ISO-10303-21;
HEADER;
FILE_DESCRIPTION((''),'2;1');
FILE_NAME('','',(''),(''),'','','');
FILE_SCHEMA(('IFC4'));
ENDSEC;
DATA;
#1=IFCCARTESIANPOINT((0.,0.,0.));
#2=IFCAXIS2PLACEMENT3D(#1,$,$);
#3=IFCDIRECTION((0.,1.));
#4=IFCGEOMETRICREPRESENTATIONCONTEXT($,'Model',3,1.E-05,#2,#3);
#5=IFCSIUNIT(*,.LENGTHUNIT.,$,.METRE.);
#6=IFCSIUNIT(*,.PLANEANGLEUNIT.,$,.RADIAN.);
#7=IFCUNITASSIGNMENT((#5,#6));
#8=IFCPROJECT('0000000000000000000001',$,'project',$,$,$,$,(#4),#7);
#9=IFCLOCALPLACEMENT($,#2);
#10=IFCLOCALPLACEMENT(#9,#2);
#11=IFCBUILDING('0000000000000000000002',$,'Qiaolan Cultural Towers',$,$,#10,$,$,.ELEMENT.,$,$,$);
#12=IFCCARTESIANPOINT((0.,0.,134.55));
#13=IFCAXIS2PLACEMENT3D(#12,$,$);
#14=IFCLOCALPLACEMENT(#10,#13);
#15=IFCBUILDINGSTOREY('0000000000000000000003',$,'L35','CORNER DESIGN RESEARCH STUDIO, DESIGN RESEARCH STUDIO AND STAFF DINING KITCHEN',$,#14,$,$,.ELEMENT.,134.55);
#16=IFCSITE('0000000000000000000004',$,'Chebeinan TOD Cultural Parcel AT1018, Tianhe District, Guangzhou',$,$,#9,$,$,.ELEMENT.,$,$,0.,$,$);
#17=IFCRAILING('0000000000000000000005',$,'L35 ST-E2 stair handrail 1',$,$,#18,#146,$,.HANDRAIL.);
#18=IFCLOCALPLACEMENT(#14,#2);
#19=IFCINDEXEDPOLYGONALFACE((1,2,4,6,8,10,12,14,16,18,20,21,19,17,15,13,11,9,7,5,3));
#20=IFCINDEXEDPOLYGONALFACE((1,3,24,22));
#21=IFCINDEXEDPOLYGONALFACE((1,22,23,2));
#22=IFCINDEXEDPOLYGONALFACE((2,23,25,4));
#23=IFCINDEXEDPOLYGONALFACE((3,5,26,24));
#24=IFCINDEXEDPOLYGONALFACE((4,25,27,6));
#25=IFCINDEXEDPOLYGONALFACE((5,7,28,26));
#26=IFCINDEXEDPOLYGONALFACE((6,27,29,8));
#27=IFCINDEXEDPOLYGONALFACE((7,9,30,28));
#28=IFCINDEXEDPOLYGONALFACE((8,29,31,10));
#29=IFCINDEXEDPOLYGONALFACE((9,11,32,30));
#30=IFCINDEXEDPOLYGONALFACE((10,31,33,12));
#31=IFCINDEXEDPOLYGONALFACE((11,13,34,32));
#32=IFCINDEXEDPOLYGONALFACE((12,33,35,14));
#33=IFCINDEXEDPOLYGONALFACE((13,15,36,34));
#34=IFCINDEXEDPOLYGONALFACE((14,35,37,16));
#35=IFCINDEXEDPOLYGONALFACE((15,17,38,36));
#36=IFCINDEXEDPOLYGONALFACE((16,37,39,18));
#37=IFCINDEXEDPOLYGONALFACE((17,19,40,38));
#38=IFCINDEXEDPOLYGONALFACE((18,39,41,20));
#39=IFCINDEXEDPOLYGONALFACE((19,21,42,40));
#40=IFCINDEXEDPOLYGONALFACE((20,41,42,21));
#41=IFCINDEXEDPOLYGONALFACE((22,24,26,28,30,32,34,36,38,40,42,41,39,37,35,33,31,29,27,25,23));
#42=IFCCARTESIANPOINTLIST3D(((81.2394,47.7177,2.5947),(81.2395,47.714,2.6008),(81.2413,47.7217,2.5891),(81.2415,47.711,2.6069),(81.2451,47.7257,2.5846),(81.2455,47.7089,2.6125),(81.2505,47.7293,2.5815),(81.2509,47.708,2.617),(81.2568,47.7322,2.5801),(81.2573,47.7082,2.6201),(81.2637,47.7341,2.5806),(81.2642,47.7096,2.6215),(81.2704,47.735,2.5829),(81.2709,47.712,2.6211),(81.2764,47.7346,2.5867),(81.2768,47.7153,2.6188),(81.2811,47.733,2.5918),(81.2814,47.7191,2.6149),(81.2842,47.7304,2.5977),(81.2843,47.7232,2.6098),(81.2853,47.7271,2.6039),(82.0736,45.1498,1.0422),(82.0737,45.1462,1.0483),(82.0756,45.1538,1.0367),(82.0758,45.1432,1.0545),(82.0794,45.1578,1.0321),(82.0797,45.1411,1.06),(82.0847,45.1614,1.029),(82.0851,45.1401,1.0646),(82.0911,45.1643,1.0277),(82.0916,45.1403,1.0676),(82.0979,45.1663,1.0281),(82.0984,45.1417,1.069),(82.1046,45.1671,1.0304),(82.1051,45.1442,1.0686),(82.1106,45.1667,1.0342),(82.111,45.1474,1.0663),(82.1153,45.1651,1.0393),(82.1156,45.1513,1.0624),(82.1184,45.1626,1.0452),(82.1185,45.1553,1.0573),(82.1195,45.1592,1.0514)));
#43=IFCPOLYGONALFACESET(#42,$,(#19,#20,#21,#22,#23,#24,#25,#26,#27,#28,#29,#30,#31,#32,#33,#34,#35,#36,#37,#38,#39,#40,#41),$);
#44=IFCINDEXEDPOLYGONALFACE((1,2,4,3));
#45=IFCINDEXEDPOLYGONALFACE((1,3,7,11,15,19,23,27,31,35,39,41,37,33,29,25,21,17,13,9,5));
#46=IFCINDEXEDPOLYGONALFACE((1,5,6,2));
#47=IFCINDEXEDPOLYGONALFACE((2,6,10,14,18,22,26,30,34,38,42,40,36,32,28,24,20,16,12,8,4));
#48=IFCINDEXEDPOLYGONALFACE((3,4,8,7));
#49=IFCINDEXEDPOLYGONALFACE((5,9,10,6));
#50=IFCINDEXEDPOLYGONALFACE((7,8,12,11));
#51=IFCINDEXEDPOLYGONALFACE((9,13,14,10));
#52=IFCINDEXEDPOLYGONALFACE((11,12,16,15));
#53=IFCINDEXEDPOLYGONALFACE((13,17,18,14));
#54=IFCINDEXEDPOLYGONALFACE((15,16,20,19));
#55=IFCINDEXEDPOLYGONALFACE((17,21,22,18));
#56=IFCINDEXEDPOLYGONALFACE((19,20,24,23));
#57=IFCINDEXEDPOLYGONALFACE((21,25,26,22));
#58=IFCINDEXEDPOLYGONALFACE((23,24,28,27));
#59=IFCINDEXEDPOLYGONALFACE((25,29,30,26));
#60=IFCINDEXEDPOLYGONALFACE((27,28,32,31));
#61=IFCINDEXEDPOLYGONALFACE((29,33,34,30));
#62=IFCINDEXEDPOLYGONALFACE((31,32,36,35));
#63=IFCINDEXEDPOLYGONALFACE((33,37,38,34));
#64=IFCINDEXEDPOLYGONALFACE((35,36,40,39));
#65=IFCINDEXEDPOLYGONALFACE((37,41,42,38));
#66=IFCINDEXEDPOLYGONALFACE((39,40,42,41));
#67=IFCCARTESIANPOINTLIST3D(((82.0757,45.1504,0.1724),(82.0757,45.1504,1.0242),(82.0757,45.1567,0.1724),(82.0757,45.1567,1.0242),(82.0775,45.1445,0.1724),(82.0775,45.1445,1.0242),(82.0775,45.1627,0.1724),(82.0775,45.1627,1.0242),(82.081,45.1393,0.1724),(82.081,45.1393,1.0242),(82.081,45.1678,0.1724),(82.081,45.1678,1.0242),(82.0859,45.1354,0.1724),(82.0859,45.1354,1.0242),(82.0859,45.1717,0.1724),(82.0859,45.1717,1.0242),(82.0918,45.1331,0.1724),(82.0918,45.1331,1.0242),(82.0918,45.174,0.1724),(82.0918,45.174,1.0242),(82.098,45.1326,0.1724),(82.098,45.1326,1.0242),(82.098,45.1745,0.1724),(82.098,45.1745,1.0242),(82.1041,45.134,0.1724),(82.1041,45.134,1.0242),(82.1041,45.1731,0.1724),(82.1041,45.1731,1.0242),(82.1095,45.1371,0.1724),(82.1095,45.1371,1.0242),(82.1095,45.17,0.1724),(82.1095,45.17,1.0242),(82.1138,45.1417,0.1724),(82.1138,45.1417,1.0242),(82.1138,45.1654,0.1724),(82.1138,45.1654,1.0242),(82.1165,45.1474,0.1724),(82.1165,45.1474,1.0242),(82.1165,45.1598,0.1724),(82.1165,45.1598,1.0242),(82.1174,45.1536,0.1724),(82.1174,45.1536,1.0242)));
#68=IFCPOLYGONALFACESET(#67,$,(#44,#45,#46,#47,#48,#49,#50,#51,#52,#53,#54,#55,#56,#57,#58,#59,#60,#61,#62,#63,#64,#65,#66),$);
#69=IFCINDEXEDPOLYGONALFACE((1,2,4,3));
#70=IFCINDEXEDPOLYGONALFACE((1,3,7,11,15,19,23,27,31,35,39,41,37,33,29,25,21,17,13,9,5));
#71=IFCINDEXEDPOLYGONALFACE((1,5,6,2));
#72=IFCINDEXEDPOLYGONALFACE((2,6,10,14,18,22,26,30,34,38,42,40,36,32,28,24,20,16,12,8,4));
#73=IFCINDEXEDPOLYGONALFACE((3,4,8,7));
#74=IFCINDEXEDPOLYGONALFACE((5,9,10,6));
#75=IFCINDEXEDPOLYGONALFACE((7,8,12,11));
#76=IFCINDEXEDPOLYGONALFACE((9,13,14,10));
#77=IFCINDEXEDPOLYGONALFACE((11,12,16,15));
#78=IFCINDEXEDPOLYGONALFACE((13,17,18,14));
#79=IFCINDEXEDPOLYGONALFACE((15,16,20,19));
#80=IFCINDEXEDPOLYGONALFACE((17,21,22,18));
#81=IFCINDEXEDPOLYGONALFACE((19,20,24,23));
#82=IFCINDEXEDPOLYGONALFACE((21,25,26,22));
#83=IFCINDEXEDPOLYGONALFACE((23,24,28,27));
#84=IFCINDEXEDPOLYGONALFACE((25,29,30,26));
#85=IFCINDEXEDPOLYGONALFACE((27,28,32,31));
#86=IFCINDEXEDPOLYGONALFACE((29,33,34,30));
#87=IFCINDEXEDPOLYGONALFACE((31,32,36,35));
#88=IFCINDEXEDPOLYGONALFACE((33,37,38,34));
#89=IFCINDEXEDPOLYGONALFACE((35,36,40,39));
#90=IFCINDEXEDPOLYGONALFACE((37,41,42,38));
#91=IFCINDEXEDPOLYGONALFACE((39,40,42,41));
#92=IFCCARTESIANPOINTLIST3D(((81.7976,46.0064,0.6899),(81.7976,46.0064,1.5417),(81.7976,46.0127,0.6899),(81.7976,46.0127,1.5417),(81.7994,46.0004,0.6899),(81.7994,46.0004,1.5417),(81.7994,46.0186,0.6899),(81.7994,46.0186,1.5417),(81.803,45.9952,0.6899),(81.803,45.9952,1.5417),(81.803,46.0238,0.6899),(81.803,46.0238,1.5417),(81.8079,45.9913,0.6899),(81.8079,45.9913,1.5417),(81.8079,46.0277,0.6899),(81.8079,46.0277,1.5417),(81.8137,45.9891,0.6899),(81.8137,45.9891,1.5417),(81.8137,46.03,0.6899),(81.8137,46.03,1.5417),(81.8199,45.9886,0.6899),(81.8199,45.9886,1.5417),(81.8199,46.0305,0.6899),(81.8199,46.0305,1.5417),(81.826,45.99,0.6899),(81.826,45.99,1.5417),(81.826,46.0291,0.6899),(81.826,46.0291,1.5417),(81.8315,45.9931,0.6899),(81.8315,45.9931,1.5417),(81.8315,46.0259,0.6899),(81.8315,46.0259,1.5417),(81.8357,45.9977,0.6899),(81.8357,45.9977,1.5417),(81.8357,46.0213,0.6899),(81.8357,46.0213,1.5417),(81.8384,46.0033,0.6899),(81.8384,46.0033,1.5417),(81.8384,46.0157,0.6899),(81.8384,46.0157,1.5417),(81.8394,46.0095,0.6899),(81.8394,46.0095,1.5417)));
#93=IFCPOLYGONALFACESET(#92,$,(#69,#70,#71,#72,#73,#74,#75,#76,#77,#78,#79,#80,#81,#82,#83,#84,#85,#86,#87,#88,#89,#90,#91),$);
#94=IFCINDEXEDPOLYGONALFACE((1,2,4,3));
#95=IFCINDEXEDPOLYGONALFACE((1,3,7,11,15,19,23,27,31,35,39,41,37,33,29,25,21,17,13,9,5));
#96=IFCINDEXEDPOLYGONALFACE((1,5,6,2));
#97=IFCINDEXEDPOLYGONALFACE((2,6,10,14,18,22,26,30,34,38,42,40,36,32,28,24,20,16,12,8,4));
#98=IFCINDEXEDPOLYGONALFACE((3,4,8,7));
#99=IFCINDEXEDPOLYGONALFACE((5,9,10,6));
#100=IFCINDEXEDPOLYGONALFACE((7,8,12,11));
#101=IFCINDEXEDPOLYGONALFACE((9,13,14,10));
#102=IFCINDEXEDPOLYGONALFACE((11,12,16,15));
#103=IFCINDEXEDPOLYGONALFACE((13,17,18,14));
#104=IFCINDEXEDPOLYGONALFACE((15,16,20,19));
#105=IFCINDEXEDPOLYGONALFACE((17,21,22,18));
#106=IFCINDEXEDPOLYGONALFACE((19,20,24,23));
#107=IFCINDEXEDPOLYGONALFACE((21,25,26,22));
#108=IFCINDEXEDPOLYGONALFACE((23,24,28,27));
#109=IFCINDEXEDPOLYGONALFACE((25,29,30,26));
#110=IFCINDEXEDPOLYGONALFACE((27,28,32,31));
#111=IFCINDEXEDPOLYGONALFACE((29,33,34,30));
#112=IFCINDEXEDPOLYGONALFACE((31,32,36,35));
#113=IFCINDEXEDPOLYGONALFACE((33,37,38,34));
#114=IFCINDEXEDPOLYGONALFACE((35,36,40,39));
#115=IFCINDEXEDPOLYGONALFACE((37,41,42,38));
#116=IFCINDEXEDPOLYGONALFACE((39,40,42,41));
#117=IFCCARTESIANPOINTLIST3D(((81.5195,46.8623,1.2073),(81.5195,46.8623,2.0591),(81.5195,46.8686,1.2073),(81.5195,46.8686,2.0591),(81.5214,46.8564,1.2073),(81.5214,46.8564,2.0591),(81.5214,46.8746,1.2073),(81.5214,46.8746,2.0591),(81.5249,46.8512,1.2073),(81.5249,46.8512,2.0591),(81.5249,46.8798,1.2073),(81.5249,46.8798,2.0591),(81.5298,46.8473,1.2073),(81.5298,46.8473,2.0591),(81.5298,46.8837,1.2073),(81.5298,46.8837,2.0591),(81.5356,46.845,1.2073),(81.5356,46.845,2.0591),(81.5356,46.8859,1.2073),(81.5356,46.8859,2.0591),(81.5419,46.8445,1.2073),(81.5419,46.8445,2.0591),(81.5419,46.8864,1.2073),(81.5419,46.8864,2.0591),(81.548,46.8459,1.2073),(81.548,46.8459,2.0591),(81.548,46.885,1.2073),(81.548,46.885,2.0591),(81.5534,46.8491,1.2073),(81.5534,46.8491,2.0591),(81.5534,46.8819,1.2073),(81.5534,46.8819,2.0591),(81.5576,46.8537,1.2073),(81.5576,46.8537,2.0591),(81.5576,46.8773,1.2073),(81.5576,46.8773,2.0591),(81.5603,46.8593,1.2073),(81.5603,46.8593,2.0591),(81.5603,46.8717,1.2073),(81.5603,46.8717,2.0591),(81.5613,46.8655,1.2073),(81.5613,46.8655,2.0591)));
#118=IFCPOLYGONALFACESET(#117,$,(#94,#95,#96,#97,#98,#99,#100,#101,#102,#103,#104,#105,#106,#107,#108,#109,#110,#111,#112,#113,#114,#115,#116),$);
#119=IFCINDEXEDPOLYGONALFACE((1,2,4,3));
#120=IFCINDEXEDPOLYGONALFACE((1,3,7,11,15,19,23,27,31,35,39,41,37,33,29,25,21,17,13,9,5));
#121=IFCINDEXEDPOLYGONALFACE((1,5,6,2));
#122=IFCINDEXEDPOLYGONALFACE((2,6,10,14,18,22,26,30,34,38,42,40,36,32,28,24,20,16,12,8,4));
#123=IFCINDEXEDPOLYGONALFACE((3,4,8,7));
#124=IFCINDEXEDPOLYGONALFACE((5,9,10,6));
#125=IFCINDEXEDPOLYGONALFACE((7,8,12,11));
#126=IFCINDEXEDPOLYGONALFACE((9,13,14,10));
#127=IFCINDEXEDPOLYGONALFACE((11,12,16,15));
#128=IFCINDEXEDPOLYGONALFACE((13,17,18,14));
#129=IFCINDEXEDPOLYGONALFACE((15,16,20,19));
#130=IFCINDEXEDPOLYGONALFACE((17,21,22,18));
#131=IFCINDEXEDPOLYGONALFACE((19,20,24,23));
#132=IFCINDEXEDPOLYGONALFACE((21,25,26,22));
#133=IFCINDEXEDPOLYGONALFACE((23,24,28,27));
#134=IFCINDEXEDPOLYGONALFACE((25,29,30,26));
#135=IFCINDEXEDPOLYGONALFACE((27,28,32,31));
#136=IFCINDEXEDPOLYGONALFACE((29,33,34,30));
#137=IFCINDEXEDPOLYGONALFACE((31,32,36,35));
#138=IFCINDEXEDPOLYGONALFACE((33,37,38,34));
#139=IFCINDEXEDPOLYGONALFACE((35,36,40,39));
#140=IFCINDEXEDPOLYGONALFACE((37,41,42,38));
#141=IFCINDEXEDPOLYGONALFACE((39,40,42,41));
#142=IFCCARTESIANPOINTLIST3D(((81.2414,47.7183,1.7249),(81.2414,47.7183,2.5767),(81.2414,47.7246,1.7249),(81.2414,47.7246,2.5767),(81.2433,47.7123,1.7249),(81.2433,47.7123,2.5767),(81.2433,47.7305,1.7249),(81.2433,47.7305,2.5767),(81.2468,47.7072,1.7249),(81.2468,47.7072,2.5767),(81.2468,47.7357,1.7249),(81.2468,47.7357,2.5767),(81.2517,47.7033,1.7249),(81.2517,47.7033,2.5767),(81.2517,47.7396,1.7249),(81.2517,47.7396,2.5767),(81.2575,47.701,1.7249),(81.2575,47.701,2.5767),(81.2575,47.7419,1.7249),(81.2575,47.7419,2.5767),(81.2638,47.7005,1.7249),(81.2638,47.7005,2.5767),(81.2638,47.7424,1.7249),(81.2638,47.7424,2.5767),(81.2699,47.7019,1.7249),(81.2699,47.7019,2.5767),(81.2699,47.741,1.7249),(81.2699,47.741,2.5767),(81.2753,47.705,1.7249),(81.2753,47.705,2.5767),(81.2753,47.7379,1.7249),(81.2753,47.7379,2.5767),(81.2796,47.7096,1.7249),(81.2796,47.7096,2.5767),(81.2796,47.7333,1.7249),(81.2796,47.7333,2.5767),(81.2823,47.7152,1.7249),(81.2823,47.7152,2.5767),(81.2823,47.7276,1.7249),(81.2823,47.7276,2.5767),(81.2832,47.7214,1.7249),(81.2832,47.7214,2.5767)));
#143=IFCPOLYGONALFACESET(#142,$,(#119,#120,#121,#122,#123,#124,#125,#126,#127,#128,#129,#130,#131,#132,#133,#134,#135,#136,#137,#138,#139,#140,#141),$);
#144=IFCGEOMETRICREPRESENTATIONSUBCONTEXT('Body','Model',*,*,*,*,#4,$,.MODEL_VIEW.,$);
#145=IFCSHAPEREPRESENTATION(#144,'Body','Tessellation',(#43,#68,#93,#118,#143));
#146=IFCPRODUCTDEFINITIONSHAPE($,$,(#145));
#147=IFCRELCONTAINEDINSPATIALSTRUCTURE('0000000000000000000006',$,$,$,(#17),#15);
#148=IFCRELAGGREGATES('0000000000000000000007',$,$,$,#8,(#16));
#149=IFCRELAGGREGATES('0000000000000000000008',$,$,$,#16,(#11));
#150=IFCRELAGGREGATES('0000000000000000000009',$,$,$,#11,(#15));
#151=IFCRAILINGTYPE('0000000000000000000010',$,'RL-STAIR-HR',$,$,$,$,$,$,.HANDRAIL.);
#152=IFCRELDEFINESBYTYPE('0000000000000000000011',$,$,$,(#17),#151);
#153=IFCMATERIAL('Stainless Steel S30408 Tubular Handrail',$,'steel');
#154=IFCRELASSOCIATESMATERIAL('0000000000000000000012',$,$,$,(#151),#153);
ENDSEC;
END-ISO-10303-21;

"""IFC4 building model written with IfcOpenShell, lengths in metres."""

from ifc_helpers import new_model, si_unit, direction, frame, origin, origin_2d, place, context, subcontext, project, spatial, circle, extrude, material, type_object, element, save


model = new_model("IFC4")

# Units and contexts
model_context = context("Model", 3, precision=1e-05, world=origin(), true_north=direction((0.0, 1.0)))
body_context = subcontext(model_context, "Body", "Model", "MODEL_VIEW")
ifc_project = project(units=[si_unit("LENGTHUNIT", "METRE"), si_unit("PLANEANGLEUNIT", "RADIAN")], contexts=[model_context])

# Site, building, storey
site_placement = place(None, origin())
site = spatial("IfcSite", under=ifc_project, at=site_placement, Name="Chebeinan TOD Cultural Parcel AT1018, Tianhe District, Guangzhou", CompositionType="ELEMENT", RefElevation=0.0)
building_placement = place(site_placement, origin())
building = spatial("IfcBuilding", under=site, at=building_placement, Name="Qiaolan Cultural Towers", CompositionType="ELEMENT")
storey_placement = place(building_placement, frame((0.0, 0.0, 134.55)))
storey = spatial("IfcBuildingStorey", under=building, at=storey_placement, Name="L35", Description="CORNER DESIGN RESEARCH STUDIO, DESIGN RESEARCH STUDIO AND STAFF DINING KITCHEN", CompositionType="ELEMENT", Elevation=134.55)

# Railing
ifc_material_1 = material(Name="Stainless Steel S30408 Tubular Handrail", Category="steel")
railing_type_1 = type_object("IfcRailingType", Name="RL-STAIR-HR", PredefinedType="HANDRAIL", material=ifc_material_1)
railing_1_placement = place(storey_placement, frame((82.0964, 45.1536, 0.1724)))
element("IfcRailing", 1, at=railing_1_placement, inside=storey, type_object=railing_type_1, Name="L35 ST-E2 stair handrail 1", PredefinedType="HANDRAIL", context=body_context, shape_type="SweptSolid", body=[
    extrude(circle(Radius=0.0239, at=origin_2d()), frame((0.0, 0.0, 0.876), z_axis=(-0.267853, 0.824488, 0.498471), x_axis=(-0.95107, -0.308976, 0.0)), (0.0, 0.0, 1.0), 3.1145),
    extrude(circle(Radius=0.021, at=origin_2d()), origin(), (0.0, 0.0, 1.0), 0.8518),
    extrude(circle(Radius=0.021, at=origin_2d()), frame((-0.2781, 0.856, 0.5176)), (0.0, 0.0, 1.0), 0.8518),
    extrude(circle(Radius=0.021, at=origin_2d()), frame((-0.5562, 1.7119, 1.0349)), (0.0, 0.0, 1.0), 0.8518),
    extrude(circle(Radius=0.021, at=origin_2d()), frame((-0.8342, 2.5679, 1.5525)), (0.0, 0.0, 1.0), 0.8518),
])

save(model, "model.ifc")
